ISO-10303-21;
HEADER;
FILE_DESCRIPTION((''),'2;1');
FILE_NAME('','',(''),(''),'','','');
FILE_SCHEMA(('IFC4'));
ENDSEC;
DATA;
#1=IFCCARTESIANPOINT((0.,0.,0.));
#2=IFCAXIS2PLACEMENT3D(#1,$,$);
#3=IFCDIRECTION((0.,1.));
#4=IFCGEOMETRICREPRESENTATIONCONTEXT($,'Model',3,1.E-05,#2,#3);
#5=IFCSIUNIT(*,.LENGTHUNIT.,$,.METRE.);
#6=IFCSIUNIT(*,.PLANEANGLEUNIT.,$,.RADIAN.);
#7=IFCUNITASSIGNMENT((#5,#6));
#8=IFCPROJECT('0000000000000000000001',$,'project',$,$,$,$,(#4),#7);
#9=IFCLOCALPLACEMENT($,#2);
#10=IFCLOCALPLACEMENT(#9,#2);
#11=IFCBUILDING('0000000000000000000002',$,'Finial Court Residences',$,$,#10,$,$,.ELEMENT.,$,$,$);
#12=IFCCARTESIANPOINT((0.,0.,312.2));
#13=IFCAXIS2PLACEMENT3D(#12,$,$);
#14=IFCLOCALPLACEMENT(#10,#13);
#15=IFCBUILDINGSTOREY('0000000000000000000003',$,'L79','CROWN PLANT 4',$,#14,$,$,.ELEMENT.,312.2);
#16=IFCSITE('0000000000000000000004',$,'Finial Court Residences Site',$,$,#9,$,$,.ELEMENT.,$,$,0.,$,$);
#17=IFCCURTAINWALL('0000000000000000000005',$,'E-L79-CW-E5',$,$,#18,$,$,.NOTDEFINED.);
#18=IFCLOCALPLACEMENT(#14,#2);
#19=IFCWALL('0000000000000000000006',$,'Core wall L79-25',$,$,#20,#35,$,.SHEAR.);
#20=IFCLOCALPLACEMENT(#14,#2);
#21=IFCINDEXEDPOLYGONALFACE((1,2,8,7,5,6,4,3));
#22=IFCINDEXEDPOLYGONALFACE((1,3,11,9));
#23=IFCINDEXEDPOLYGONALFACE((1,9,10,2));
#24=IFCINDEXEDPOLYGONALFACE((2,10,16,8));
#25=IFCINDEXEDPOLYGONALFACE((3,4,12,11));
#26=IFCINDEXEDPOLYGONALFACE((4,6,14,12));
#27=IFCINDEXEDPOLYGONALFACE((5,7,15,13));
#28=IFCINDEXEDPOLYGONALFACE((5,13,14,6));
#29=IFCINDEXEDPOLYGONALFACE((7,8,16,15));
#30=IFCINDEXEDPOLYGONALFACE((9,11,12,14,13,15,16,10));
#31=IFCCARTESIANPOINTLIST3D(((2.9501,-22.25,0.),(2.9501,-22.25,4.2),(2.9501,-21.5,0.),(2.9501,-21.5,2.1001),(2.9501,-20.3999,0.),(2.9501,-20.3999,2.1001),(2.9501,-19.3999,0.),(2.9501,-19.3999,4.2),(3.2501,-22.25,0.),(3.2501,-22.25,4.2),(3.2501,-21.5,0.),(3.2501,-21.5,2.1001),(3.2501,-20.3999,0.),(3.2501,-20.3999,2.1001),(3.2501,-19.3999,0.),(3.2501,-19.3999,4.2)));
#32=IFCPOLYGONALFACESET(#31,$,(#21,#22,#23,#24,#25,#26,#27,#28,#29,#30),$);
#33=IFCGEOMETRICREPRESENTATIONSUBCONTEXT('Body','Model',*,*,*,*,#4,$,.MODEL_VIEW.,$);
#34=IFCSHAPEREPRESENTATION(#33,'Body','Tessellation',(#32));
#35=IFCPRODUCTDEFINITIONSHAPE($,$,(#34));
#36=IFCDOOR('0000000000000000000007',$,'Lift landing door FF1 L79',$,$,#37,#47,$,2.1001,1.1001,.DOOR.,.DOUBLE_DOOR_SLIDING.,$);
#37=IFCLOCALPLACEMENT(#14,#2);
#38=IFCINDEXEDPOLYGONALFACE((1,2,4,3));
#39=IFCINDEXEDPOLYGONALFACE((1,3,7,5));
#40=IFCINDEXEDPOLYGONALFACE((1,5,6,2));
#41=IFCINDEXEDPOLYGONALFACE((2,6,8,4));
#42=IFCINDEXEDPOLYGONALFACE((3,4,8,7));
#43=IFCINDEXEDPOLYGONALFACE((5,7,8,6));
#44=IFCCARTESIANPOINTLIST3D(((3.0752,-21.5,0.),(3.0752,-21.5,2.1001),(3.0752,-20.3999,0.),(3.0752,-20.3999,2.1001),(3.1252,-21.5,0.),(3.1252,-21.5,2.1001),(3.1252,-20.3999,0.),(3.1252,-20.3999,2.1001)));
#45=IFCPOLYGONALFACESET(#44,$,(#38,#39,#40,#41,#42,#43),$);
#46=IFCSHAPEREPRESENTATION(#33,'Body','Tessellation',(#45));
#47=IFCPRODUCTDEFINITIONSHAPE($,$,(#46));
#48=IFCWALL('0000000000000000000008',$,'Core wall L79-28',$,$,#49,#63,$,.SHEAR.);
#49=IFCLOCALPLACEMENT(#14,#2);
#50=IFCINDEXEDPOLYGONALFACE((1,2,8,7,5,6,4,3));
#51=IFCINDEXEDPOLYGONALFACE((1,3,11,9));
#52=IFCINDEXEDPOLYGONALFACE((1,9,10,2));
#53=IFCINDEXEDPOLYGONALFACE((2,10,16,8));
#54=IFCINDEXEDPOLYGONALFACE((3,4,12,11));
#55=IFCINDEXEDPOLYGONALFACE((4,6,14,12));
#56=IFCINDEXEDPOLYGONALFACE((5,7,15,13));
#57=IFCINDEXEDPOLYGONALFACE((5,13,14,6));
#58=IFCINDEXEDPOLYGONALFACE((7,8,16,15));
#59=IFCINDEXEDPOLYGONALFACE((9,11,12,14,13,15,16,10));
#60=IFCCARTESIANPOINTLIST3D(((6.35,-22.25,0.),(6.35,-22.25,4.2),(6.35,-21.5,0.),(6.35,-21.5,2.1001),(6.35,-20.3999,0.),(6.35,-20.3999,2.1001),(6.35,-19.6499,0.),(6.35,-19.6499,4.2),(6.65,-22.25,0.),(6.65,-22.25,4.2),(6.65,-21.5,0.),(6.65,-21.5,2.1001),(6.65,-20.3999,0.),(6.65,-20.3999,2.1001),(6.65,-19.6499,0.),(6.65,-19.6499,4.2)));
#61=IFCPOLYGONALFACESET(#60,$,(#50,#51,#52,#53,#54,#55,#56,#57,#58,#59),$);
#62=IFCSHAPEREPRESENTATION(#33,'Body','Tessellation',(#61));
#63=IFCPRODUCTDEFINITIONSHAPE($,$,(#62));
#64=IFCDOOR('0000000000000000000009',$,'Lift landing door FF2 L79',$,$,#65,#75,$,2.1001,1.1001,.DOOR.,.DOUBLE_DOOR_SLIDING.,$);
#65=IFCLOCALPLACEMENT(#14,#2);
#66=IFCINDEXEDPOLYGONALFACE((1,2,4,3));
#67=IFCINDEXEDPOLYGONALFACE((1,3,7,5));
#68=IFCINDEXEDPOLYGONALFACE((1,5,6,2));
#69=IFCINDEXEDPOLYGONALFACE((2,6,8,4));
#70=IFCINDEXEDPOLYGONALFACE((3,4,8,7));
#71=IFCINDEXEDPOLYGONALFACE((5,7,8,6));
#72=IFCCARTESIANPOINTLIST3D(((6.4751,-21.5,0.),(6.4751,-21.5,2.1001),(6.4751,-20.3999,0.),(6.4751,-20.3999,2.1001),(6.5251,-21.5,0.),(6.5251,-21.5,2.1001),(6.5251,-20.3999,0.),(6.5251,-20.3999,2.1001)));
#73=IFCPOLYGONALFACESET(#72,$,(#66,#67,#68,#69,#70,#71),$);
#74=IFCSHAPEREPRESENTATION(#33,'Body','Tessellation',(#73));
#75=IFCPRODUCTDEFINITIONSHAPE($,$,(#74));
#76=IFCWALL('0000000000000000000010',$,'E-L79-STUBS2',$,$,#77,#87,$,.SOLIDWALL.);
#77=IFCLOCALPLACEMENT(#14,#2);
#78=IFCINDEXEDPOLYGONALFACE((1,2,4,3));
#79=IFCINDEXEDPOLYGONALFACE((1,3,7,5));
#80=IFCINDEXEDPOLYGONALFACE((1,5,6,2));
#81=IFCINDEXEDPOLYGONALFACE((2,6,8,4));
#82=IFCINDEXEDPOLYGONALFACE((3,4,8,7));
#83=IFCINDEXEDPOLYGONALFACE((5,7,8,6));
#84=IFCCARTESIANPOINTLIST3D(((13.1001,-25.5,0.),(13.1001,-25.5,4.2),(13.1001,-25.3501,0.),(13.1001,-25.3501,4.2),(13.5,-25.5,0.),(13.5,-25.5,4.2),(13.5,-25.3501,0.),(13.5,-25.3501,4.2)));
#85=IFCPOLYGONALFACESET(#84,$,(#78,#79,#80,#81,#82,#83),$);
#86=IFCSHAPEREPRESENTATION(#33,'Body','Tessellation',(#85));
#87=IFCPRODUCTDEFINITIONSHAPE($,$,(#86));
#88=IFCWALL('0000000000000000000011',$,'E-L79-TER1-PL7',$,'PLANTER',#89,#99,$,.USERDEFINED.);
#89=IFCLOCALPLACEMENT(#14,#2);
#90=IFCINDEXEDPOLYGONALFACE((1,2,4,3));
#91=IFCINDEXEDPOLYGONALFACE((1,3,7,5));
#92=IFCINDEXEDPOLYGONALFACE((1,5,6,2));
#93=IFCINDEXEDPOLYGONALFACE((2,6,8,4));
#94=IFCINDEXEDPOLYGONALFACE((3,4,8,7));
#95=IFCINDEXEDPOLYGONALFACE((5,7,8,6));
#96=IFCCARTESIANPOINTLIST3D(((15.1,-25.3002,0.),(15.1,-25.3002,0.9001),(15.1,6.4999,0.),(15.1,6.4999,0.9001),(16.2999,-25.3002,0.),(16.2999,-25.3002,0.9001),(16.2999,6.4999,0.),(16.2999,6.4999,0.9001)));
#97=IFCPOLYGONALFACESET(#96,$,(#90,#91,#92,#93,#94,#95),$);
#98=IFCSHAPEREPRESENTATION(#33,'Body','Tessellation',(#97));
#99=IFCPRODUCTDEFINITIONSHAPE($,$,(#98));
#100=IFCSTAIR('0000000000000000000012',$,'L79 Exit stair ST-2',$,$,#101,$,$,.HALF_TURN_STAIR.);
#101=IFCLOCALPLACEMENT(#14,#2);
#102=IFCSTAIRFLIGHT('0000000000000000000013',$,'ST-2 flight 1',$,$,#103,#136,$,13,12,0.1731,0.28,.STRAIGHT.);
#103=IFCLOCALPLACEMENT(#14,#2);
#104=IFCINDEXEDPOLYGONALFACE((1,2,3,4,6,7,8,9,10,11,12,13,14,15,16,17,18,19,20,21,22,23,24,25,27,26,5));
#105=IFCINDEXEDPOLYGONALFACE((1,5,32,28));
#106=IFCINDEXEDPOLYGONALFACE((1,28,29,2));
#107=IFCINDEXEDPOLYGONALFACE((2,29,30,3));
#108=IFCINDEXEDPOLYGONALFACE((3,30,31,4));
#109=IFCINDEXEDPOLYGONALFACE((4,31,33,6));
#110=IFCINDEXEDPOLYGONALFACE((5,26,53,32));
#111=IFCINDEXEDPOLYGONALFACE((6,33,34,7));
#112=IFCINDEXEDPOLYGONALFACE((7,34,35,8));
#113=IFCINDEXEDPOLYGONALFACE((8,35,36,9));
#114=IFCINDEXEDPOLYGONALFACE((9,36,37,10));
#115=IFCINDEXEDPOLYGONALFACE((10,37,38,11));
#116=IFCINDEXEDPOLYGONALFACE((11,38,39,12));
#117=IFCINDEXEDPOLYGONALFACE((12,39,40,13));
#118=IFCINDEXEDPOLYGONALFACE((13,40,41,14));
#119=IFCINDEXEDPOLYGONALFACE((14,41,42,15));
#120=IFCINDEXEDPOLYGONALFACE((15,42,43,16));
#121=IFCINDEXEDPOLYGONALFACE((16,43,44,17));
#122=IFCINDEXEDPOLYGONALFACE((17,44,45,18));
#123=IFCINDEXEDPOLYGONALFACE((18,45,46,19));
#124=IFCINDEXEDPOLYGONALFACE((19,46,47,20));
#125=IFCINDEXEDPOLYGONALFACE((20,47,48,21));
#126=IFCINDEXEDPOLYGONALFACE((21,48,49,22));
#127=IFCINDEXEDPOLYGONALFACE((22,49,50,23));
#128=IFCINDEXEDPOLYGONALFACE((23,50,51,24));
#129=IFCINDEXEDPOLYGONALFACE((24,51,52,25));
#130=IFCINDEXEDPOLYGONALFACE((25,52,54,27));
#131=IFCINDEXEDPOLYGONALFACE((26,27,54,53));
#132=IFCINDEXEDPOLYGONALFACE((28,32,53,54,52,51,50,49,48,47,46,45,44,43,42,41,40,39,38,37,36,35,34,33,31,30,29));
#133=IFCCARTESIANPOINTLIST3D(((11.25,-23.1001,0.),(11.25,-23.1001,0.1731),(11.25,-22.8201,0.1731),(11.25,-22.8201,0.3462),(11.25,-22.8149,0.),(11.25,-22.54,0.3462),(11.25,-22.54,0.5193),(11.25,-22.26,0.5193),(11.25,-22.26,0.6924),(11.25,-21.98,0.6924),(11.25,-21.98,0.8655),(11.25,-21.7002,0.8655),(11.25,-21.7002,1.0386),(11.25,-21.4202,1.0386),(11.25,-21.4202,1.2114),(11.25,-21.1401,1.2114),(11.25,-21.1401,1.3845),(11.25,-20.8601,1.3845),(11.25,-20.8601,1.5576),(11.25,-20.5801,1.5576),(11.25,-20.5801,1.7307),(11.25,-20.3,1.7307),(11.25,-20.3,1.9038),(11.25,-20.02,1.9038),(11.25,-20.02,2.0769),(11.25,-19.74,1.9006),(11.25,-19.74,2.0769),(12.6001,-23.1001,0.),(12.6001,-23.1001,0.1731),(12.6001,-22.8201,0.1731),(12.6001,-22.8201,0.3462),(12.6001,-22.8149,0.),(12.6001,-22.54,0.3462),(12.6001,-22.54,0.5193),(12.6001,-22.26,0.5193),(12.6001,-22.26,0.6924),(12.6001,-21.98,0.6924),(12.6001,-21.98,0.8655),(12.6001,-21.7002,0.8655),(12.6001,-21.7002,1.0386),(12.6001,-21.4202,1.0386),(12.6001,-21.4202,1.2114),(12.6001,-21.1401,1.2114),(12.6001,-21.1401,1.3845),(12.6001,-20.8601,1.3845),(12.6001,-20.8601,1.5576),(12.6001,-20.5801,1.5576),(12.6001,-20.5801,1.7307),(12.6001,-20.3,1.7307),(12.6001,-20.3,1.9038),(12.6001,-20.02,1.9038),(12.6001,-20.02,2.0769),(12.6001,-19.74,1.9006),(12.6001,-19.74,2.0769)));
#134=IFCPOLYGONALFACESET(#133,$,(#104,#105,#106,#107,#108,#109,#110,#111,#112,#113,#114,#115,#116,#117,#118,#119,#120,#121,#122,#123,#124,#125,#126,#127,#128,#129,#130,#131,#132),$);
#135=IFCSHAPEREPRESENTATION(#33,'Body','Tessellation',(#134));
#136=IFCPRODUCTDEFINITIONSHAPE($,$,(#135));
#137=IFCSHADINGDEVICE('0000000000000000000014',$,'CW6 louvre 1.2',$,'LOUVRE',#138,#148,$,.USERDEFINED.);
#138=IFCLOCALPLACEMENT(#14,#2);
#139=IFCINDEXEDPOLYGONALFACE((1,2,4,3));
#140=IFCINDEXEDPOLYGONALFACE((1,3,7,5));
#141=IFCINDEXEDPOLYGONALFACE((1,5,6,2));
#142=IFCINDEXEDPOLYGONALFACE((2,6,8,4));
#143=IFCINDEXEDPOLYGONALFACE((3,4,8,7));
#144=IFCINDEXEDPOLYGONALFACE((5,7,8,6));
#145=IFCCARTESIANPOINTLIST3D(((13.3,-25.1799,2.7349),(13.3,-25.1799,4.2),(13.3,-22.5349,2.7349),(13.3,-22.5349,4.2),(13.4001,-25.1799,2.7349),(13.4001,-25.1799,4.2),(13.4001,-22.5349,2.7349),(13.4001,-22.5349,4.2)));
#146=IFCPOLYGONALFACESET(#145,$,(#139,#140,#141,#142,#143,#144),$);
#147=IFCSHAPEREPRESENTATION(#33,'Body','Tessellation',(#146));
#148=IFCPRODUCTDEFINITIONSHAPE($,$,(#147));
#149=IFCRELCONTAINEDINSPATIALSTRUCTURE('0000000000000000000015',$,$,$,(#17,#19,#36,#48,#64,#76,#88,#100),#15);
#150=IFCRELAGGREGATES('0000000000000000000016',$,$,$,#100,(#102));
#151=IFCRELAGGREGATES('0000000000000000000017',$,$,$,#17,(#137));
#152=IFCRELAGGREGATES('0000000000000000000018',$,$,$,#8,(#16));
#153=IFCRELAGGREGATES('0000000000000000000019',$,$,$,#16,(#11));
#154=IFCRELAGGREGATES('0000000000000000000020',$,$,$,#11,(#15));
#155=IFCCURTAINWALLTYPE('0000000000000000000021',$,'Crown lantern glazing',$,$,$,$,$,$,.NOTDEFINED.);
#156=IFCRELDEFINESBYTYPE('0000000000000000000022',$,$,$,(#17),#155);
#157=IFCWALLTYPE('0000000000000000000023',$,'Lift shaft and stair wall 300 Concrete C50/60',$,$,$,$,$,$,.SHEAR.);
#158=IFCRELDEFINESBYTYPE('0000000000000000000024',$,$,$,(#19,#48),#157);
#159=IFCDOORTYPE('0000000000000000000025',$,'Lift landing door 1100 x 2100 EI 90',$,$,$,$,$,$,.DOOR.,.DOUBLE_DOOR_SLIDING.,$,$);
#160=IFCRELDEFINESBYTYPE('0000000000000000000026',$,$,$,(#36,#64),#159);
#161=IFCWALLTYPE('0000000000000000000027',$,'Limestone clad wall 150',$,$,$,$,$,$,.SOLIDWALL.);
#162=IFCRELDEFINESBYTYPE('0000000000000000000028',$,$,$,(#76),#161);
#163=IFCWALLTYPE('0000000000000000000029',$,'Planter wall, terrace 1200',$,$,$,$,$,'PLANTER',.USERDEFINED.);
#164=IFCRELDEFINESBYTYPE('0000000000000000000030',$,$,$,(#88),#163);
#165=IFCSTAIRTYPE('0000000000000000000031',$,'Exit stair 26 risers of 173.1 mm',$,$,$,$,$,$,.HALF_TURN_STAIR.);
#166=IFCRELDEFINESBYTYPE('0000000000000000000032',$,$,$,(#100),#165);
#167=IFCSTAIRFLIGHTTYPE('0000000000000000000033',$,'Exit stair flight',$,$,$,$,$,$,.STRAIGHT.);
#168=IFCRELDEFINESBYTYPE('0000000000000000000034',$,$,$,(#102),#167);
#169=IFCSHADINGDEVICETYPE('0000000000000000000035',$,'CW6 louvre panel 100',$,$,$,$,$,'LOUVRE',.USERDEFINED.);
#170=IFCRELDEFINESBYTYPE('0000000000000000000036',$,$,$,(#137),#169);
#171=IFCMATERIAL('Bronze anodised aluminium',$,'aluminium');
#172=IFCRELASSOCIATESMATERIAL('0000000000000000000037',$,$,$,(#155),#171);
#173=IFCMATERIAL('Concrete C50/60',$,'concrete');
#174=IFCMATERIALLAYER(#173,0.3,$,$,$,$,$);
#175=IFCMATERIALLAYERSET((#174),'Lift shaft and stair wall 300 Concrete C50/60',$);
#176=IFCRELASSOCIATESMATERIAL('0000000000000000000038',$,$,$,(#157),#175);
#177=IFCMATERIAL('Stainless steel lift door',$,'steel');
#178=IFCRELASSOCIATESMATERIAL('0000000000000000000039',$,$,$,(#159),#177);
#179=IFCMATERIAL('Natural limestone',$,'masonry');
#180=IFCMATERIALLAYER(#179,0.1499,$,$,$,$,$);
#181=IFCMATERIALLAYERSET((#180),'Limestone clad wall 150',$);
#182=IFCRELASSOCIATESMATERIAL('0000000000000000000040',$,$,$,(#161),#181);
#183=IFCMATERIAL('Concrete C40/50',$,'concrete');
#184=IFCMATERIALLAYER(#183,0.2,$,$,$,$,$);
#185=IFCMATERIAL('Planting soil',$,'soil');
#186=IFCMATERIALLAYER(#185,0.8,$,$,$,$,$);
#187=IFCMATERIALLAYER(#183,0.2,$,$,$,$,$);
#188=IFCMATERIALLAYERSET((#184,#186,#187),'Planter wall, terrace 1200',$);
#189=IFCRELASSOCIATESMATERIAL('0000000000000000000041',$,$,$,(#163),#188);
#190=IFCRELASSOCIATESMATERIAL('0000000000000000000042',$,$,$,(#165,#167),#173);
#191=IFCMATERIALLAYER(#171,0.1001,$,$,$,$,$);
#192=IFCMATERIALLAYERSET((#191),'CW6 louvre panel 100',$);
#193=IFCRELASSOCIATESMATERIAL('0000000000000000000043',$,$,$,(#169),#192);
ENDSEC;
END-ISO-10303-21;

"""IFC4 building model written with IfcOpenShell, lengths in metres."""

from ifc_helpers import new_model, si_unit, direction, frame, frame_2d, origin, origin_2d, place, context, subcontext, project, spatial, polyline, rectangle, outline, extrude, material, layer, layer_set, type_object, element, fill, aggregate, save


model = new_model("IFC4")

# Units and contexts
model_context = context("Model", 3, precision=1e-05, world=origin(), true_north=direction((0.0, 1.0)))
body_context = subcontext(model_context, "Body", "Model", "MODEL_VIEW")
ifc_project = project(units=[si_unit("LENGTHUNIT", "METRE"), si_unit("PLANEANGLEUNIT", "RADIAN")], contexts=[model_context])

# Site, building, storey
site_placement = place(None, origin())
site = spatial("IfcSite", under=ifc_project, at=site_placement, Name="Finial Court Residences Site", CompositionType="ELEMENT", RefElevation=0.0)
building_placement = place(site_placement, origin())
building = spatial("IfcBuilding", under=site, at=building_placement, Name="Finial Court Residences", CompositionType="ELEMENT")
storey_placement = place(building_placement, frame((0.0, 0.0, 312.2)))
storey = spatial("IfcBuildingStorey", under=building, at=storey_placement, Name="L79", Description="CROWN PLANT 4", CompositionType="ELEMENT", Elevation=312.2)

# Curtain wall
ifc_material_1 = material(Name="Bronze anodised aluminium", Category="aluminium")
curtain_wall_type = type_object("IfcCurtainWallType", Name="Crown lantern glazing", PredefinedType="NOTDEFINED", material=ifc_material_1)
curtain_wall_placement = place(storey_placement, origin())
curtain_wall = element("IfcCurtainWall", 1, at=curtain_wall_placement, inside=storey, type_object=curtain_wall_type, Name="E-L79-CW-E5", PredefinedType="NOTDEFINED")

# Shared definitions
ifc_material_2 = material(Name="Concrete C50/60", Category="concrete")

# Shared definitions
ifc_layer_1 = layer(ifc_material_2, 0.3)
ifc_layer_set_1 = layer_set([ifc_layer_1], Name="Lift shaft and stair wall 300 Concrete C50/60")
wall_type_1 = type_object("IfcWallType", Name="Lift shaft and stair wall 300 Concrete C50/60", PredefinedType="SHEAR", material=ifc_layer_set_1)

# Walls, openings, doors
wall_1_placement = place(storey_placement, frame((3.1001, -22.25, 0.0), z_axis=(0.0, 0.0, 1.0), x_axis=(0.0, 1.0, 0.0)))
wall_1 = element("IfcWall", 2, at=wall_1_placement, inside=storey, type_object=wall_type_1, Name="Core wall L79-25", PredefinedType="SHEAR", context=body_context, shape_type="SweptSolid", body=[
    extrude(rectangle(XDim=2.8501, YDim=0.3, at=frame_2d((1.425, 0.0))), origin(), (0.0, 0.0, 1.0), 4.2),
])
opening_1_placement = place(wall_1_placement, frame((0.75, 0.0, 0.0)))
opening_1 = element("IfcOpeningElement", 3, at=opening_1_placement, cuts=wall_1, PredefinedType="OPENING", context=body_context, shape_type="SweptSolid", body=[
    extrude(rectangle(XDim=1.1001, YDim=2.1001, at=frame_2d((0.55, 1.05))), frame((0.0, 0.1599, 0.0), z_axis=(0.0, -1.0, 0.0), x_axis=(1.0, 0.0, 0.0)), (0.0, 0.0, 1.0), 0.3201),
])
ifc_material_3 = material(Name="Stainless steel lift door", Category="steel")
door_type_1 = type_object("IfcDoorType", Name="Lift landing door 1100 x 2100 EI 90", OperationType="DOUBLE_DOOR_SLIDING", PredefinedType="DOOR", material=ifc_material_3)
door_1_placement = place(opening_1_placement, origin())
door_1 = element("IfcDoor", 4, at=door_1_placement, inside=storey, type_object=door_type_1, Name="Lift landing door FF1 L79", OperationType="DOUBLE_DOOR_SLIDING", OverallHeight=2.1001, OverallWidth=1.1001, PredefinedType="DOOR", context=body_context, shape_type="SweptSolid", body=[
    extrude(rectangle(XDim=1.1001, YDim=2.1001, at=frame_2d((0.55, 1.05))), frame((0.0, 0.0249, 0.0), z_axis=(0.0, -1.0, 0.0), x_axis=(1.0, 0.0, 0.0)), (0.0, 0.0, 1.0), 0.05),
])
fill(opening_1, door_1)
wall_2_placement = place(storey_placement, frame((6.5, -22.25, 0.0), z_axis=(0.0, 0.0, 1.0), x_axis=(0.0, 1.0, 0.0)))
wall_2 = element("IfcWall", 5, at=wall_2_placement, inside=storey, type_object=wall_type_1, Name="Core wall L79-28", PredefinedType="SHEAR", context=body_context, shape_type="SweptSolid", body=[
    extrude(rectangle(XDim=2.6001, YDim=0.3, at=frame_2d((1.3, 0.0))), origin(), (0.0, 0.0, 1.0), 4.2),
])
opening_2_placement = place(wall_2_placement, frame((0.75, 0.0, 0.0)))
opening_2 = element("IfcOpeningElement", 6, at=opening_2_placement, cuts=wall_2, PredefinedType="OPENING", context=body_context, shape_type="SweptSolid", body=[
    extrude(rectangle(XDim=1.1001, YDim=2.1001, at=frame_2d((0.55, 1.05))), frame((0.0, 0.1599, 0.0), z_axis=(0.0, -1.0, 0.0), x_axis=(1.0, 0.0, 0.0)), (0.0, 0.0, 1.0), 0.3201),
])
door_2_placement = place(opening_2_placement, origin())
door_2 = element("IfcDoor", 7, at=door_2_placement, inside=storey, type_object=door_type_1, Name="Lift landing door FF2 L79", OperationType="DOUBLE_DOOR_SLIDING", OverallHeight=2.1001, OverallWidth=1.1001, PredefinedType="DOOR", context=body_context, shape_type="SweptSolid", body=[
    extrude(rectangle(XDim=1.1001, YDim=2.1001, at=frame_2d((0.55, 1.05))), frame((0.0, 0.0249, 0.0), z_axis=(0.0, -1.0, 0.0), x_axis=(1.0, 0.0, 0.0)), (0.0, 0.0, 1.0), 0.05),
])
fill(opening_2, door_2)

# Walls
ifc_material_4 = material(Name="Natural limestone", Category="masonry")
ifc_layer_2 = layer(ifc_material_4, 0.1499)
ifc_layer_set_2 = layer_set([ifc_layer_2], Name="Limestone clad wall 150")
wall_type_2 = type_object("IfcWallType", Name="Limestone clad wall 150", PredefinedType="SOLIDWALL", material=ifc_layer_set_2)
wall_3_placement = place(storey_placement, frame((13.5, -25.425, 0.0), z_axis=(0.0, 0.0, 1.0), x_axis=(-1.0, 0.0, 0.0)))
element("IfcWall", 8, at=wall_3_placement, inside=storey, type_object=wall_type_2, Name="E-L79-STUBS2", PredefinedType="SOLIDWALL", context=body_context, shape_type="SweptSolid", body=[
    extrude(rectangle(XDim=0.3999, YDim=0.1499, at=frame_2d((0.2, 0.0))), origin(), (0.0, 0.0, 1.0), 4.2),
])
ifc_material_5 = material(Name="Concrete C40/50", Category="concrete")
ifc_layer_3 = layer(ifc_material_5, 0.2)
ifc_material_6 = material(Name="Planting soil", Category="soil")
ifc_layer_4 = layer(ifc_material_6, 0.8)
ifc_layer_5 = layer(ifc_material_5, 0.2)
ifc_layer_set_3 = layer_set([ifc_layer_3, ifc_layer_4, ifc_layer_5], Name="Planter wall, terrace 1200")
wall_type_3 = type_object("IfcWallType", Name="Planter wall, terrace 1200", ElementType="PLANTER", PredefinedType="USERDEFINED", material=ifc_layer_set_3)
wall_4_placement = place(storey_placement, frame((15.7, -25.3, 0.0), z_axis=(0.0, 0.0, 1.0), x_axis=(0.0, 1.0, 0.0)))
element("IfcWall", 9, at=wall_4_placement, inside=storey, type_object=wall_type_3, Name="E-L79-TER1-PL7", ObjectType="PLANTER", PredefinedType="USERDEFINED", context=body_context, shape_type="SweptSolid", body=[
    extrude(rectangle(XDim=31.8, YDim=1.2, at=frame_2d((15.8999, 0.0))), origin(), (0.0, 0.0, 1.0), 0.9001),
])

# Stair, stair flight
stair_type = type_object("IfcStairType", Name="Exit stair 26 risers of 173.1 mm", PredefinedType="HALF_TURN_STAIR", material=ifc_material_2)
stair_placement = place(storey_placement, origin())
stair = element("IfcStair", 10, at=stair_placement, inside=storey, type_object=stair_type, Name="L79 Exit stair ST-2", PredefinedType="HALF_TURN_STAIR")
stair_flight_type = type_object("IfcStairFlightType", Name="Exit stair flight", PredefinedType="STRAIGHT", material=ifc_material_2)
stair_flight_placement = place(storey_placement, frame((11.925, -23.1001, 0.0), z_axis=(0.0, 0.0, 1.0), x_axis=(0.0, 1.0, 0.0)))
stair_flight = element("IfcStairFlight", 11, at=stair_flight_placement, type_object=stair_flight_type, Name="ST-2 flight 1", NumberOfRisers=13, NumberOfTreads=12, PredefinedType="STRAIGHT", RiserHeight=0.1731, TreadLength=0.28, context=body_context, shape_type="SweptSolid", body=[
    extrude(outline(polyline([(0.0, 0.0), (0.0, 0.1731), (0.28, 0.1731), (0.28, 0.3462), (0.5601, 0.3462), (0.5601, 0.5193), (0.8401, 0.5193), (0.8401, 0.6924), (1.1201, 0.6924), (1.1201, 0.8655), (1.3999, 0.8655), (1.3999, 1.0386), (1.6799, 1.0386), (1.6799, 1.2114), (1.96, 1.2114), (1.96, 1.3845), (2.24, 1.3845), (2.24, 1.5576), (2.52, 1.5576), (2.52, 1.7307), (2.8, 1.7307), (2.8, 1.9038), (3.0801, 1.9038), (3.0801, 2.0769), (3.3601, 2.0769), (3.3601, 2.25), (3.3601, 1.9006), (0.2852, 0.0), (0.0, 0.0)])), frame((0.0, 0.675, 0.0), z_axis=(0.0, -1.0, 0.0), x_axis=(1.0, 0.0, 0.0)), (0.0, 0.0, 1.0), 1.3501),
])
aggregate(stair, [stair_flight])

# Shading device
ifc_layer_6 = layer(ifc_material_1, 0.1001)
ifc_layer_set_4 = layer_set([ifc_layer_6], Name="CW6 louvre panel 100")
shading_device_type = type_object("IfcShadingDeviceType", Name="CW6 louvre panel 100", ElementType="LOUVRE", PredefinedType="USERDEFINED", material=ifc_layer_set_4)
shading_device_placement = place(storey_placement, frame((13.3501, -23.8574, 2.7349), z_axis=(0.0, 0.0, 1.0), x_axis=(0.0, 1.0, 0.0)))
shading_device = element("IfcShadingDevice", 12, at=shading_device_placement, type_object=shading_device_type, Name="CW6 louvre 1.2", ObjectType="LOUVRE", PredefinedType="USERDEFINED", context=body_context, shape_type="SweptSolid", body=[
    extrude(rectangle(XDim=2.645, YDim=0.1001, at=origin_2d()), origin(), (0.0, 0.0, 1.0), 1.4651),
])
aggregate(curtain_wall, [shading_device])

save(model, "model.ifc")
